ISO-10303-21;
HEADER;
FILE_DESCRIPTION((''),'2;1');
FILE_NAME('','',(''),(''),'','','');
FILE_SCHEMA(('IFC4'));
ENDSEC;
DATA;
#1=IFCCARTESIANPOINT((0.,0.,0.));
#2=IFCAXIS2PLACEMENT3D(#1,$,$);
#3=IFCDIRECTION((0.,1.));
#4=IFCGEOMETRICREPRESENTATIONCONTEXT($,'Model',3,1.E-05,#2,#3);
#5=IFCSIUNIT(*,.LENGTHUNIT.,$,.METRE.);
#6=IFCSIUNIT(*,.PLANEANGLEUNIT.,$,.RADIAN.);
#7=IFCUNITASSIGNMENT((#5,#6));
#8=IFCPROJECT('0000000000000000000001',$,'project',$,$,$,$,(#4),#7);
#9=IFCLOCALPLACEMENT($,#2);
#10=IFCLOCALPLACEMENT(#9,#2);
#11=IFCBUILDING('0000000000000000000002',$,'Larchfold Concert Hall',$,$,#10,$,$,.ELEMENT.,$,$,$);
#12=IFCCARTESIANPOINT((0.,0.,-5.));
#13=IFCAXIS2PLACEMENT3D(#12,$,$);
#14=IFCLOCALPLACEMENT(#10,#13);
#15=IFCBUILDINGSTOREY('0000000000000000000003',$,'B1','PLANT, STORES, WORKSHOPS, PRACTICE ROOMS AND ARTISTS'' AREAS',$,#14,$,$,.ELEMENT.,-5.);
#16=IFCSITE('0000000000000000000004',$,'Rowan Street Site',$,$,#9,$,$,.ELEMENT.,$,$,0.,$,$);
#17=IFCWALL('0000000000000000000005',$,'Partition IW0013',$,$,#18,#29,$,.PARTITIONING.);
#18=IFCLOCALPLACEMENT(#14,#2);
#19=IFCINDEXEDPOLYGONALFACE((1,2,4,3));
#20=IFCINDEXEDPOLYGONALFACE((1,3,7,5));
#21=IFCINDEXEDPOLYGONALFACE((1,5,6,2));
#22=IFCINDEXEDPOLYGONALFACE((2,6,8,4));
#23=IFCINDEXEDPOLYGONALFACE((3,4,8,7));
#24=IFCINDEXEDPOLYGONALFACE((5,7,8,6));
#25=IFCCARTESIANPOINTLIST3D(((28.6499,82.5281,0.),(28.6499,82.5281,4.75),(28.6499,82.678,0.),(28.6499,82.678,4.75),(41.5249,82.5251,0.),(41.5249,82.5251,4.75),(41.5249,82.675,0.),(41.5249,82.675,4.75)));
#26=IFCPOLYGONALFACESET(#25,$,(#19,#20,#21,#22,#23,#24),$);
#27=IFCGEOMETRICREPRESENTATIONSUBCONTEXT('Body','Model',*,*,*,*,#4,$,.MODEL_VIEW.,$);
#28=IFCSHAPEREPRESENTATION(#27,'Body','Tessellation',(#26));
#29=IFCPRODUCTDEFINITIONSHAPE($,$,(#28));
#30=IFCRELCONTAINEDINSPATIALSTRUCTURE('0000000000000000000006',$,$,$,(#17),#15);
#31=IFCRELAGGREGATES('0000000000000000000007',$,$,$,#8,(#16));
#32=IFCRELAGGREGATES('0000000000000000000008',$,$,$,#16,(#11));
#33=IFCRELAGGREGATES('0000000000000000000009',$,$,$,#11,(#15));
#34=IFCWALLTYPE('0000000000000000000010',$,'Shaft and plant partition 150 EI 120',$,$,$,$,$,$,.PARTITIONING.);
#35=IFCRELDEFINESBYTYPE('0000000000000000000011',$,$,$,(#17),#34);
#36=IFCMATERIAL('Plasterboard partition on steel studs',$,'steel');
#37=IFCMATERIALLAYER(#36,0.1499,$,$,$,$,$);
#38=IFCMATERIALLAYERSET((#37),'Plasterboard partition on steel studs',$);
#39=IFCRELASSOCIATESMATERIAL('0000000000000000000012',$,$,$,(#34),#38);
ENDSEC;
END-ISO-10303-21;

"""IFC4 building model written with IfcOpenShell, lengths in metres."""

from ifc_helpers import new_model, si_unit, direction, frame, frame_2d, origin, place, context, subcontext, project, spatial, rectangle, extrude, material, layer, layer_set, type_object, element, save


model = new_model("IFC4")

# Units and contexts
model_context = context("Model", 3, precision=1e-05, world=origin(), true_north=direction((0.0, 1.0)))
body_context = subcontext(model_context, "Body", "Model", "MODEL_VIEW")
ifc_project = project(units=[si_unit("LENGTHUNIT", "METRE"), si_unit("PLANEANGLEUNIT", "RADIAN")], contexts=[model_context])

# Site, building, storey
site_placement = place(None, origin())
site = spatial("IfcSite", under=ifc_project, at=site_placement, Name="Rowan Street Site", CompositionType="ELEMENT", RefElevation=0.0)
building_placement = place(site_placement, origin())
building = spatial("IfcBuilding", under=site, at=building_placement, Name="Larchfold Concert Hall", CompositionType="ELEMENT")
storey_placement = place(building_placement, frame((0.0, 0.0, -5.0)))
storey = spatial("IfcBuildingStorey", under=building, at=storey_placement, Name="B1", Description="PLANT, STORES, WORKSHOPS, PRACTICE ROOMS AND ARTISTS' AREAS", CompositionType="ELEMENT", Elevation=-5.0)

# Shared definitions
ifc_material_1 = material(Name="Plasterboard partition on steel studs", Category="steel")
ifc_layer_1 = layer(ifc_material_1, 0.1499)
ifc_layer_set_1 = layer_set([ifc_layer_1], Name="Plasterboard partition on steel studs")
wall_type_1 = type_object("IfcWallType", Name="Shaft and plant partition 150 EI 120", PredefinedType="PARTITIONING", material=ifc_layer_set_1)

# Wall
wall_1_placement = place(storey_placement, frame((28.6499, 82.603, 0.0), z_axis=(0.0, 0.0, 1.0), x_axis=(1.0, -0.000228, 0.0)))
element("IfcWall", 1, at=wall_1_placement, inside=storey, type_object=wall_type_1, Name="Partition IW0013", PredefinedType="PARTITIONING", context=body_context, shape_type="SweptSolid", body=[
    extrude(rectangle(XDim=12.875, YDim=0.1499, at=frame_2d((6.4375, 0.0))), origin(), (0.0, 0.0, 1.0), 4.75),
])

save(model, "model.ifc")
